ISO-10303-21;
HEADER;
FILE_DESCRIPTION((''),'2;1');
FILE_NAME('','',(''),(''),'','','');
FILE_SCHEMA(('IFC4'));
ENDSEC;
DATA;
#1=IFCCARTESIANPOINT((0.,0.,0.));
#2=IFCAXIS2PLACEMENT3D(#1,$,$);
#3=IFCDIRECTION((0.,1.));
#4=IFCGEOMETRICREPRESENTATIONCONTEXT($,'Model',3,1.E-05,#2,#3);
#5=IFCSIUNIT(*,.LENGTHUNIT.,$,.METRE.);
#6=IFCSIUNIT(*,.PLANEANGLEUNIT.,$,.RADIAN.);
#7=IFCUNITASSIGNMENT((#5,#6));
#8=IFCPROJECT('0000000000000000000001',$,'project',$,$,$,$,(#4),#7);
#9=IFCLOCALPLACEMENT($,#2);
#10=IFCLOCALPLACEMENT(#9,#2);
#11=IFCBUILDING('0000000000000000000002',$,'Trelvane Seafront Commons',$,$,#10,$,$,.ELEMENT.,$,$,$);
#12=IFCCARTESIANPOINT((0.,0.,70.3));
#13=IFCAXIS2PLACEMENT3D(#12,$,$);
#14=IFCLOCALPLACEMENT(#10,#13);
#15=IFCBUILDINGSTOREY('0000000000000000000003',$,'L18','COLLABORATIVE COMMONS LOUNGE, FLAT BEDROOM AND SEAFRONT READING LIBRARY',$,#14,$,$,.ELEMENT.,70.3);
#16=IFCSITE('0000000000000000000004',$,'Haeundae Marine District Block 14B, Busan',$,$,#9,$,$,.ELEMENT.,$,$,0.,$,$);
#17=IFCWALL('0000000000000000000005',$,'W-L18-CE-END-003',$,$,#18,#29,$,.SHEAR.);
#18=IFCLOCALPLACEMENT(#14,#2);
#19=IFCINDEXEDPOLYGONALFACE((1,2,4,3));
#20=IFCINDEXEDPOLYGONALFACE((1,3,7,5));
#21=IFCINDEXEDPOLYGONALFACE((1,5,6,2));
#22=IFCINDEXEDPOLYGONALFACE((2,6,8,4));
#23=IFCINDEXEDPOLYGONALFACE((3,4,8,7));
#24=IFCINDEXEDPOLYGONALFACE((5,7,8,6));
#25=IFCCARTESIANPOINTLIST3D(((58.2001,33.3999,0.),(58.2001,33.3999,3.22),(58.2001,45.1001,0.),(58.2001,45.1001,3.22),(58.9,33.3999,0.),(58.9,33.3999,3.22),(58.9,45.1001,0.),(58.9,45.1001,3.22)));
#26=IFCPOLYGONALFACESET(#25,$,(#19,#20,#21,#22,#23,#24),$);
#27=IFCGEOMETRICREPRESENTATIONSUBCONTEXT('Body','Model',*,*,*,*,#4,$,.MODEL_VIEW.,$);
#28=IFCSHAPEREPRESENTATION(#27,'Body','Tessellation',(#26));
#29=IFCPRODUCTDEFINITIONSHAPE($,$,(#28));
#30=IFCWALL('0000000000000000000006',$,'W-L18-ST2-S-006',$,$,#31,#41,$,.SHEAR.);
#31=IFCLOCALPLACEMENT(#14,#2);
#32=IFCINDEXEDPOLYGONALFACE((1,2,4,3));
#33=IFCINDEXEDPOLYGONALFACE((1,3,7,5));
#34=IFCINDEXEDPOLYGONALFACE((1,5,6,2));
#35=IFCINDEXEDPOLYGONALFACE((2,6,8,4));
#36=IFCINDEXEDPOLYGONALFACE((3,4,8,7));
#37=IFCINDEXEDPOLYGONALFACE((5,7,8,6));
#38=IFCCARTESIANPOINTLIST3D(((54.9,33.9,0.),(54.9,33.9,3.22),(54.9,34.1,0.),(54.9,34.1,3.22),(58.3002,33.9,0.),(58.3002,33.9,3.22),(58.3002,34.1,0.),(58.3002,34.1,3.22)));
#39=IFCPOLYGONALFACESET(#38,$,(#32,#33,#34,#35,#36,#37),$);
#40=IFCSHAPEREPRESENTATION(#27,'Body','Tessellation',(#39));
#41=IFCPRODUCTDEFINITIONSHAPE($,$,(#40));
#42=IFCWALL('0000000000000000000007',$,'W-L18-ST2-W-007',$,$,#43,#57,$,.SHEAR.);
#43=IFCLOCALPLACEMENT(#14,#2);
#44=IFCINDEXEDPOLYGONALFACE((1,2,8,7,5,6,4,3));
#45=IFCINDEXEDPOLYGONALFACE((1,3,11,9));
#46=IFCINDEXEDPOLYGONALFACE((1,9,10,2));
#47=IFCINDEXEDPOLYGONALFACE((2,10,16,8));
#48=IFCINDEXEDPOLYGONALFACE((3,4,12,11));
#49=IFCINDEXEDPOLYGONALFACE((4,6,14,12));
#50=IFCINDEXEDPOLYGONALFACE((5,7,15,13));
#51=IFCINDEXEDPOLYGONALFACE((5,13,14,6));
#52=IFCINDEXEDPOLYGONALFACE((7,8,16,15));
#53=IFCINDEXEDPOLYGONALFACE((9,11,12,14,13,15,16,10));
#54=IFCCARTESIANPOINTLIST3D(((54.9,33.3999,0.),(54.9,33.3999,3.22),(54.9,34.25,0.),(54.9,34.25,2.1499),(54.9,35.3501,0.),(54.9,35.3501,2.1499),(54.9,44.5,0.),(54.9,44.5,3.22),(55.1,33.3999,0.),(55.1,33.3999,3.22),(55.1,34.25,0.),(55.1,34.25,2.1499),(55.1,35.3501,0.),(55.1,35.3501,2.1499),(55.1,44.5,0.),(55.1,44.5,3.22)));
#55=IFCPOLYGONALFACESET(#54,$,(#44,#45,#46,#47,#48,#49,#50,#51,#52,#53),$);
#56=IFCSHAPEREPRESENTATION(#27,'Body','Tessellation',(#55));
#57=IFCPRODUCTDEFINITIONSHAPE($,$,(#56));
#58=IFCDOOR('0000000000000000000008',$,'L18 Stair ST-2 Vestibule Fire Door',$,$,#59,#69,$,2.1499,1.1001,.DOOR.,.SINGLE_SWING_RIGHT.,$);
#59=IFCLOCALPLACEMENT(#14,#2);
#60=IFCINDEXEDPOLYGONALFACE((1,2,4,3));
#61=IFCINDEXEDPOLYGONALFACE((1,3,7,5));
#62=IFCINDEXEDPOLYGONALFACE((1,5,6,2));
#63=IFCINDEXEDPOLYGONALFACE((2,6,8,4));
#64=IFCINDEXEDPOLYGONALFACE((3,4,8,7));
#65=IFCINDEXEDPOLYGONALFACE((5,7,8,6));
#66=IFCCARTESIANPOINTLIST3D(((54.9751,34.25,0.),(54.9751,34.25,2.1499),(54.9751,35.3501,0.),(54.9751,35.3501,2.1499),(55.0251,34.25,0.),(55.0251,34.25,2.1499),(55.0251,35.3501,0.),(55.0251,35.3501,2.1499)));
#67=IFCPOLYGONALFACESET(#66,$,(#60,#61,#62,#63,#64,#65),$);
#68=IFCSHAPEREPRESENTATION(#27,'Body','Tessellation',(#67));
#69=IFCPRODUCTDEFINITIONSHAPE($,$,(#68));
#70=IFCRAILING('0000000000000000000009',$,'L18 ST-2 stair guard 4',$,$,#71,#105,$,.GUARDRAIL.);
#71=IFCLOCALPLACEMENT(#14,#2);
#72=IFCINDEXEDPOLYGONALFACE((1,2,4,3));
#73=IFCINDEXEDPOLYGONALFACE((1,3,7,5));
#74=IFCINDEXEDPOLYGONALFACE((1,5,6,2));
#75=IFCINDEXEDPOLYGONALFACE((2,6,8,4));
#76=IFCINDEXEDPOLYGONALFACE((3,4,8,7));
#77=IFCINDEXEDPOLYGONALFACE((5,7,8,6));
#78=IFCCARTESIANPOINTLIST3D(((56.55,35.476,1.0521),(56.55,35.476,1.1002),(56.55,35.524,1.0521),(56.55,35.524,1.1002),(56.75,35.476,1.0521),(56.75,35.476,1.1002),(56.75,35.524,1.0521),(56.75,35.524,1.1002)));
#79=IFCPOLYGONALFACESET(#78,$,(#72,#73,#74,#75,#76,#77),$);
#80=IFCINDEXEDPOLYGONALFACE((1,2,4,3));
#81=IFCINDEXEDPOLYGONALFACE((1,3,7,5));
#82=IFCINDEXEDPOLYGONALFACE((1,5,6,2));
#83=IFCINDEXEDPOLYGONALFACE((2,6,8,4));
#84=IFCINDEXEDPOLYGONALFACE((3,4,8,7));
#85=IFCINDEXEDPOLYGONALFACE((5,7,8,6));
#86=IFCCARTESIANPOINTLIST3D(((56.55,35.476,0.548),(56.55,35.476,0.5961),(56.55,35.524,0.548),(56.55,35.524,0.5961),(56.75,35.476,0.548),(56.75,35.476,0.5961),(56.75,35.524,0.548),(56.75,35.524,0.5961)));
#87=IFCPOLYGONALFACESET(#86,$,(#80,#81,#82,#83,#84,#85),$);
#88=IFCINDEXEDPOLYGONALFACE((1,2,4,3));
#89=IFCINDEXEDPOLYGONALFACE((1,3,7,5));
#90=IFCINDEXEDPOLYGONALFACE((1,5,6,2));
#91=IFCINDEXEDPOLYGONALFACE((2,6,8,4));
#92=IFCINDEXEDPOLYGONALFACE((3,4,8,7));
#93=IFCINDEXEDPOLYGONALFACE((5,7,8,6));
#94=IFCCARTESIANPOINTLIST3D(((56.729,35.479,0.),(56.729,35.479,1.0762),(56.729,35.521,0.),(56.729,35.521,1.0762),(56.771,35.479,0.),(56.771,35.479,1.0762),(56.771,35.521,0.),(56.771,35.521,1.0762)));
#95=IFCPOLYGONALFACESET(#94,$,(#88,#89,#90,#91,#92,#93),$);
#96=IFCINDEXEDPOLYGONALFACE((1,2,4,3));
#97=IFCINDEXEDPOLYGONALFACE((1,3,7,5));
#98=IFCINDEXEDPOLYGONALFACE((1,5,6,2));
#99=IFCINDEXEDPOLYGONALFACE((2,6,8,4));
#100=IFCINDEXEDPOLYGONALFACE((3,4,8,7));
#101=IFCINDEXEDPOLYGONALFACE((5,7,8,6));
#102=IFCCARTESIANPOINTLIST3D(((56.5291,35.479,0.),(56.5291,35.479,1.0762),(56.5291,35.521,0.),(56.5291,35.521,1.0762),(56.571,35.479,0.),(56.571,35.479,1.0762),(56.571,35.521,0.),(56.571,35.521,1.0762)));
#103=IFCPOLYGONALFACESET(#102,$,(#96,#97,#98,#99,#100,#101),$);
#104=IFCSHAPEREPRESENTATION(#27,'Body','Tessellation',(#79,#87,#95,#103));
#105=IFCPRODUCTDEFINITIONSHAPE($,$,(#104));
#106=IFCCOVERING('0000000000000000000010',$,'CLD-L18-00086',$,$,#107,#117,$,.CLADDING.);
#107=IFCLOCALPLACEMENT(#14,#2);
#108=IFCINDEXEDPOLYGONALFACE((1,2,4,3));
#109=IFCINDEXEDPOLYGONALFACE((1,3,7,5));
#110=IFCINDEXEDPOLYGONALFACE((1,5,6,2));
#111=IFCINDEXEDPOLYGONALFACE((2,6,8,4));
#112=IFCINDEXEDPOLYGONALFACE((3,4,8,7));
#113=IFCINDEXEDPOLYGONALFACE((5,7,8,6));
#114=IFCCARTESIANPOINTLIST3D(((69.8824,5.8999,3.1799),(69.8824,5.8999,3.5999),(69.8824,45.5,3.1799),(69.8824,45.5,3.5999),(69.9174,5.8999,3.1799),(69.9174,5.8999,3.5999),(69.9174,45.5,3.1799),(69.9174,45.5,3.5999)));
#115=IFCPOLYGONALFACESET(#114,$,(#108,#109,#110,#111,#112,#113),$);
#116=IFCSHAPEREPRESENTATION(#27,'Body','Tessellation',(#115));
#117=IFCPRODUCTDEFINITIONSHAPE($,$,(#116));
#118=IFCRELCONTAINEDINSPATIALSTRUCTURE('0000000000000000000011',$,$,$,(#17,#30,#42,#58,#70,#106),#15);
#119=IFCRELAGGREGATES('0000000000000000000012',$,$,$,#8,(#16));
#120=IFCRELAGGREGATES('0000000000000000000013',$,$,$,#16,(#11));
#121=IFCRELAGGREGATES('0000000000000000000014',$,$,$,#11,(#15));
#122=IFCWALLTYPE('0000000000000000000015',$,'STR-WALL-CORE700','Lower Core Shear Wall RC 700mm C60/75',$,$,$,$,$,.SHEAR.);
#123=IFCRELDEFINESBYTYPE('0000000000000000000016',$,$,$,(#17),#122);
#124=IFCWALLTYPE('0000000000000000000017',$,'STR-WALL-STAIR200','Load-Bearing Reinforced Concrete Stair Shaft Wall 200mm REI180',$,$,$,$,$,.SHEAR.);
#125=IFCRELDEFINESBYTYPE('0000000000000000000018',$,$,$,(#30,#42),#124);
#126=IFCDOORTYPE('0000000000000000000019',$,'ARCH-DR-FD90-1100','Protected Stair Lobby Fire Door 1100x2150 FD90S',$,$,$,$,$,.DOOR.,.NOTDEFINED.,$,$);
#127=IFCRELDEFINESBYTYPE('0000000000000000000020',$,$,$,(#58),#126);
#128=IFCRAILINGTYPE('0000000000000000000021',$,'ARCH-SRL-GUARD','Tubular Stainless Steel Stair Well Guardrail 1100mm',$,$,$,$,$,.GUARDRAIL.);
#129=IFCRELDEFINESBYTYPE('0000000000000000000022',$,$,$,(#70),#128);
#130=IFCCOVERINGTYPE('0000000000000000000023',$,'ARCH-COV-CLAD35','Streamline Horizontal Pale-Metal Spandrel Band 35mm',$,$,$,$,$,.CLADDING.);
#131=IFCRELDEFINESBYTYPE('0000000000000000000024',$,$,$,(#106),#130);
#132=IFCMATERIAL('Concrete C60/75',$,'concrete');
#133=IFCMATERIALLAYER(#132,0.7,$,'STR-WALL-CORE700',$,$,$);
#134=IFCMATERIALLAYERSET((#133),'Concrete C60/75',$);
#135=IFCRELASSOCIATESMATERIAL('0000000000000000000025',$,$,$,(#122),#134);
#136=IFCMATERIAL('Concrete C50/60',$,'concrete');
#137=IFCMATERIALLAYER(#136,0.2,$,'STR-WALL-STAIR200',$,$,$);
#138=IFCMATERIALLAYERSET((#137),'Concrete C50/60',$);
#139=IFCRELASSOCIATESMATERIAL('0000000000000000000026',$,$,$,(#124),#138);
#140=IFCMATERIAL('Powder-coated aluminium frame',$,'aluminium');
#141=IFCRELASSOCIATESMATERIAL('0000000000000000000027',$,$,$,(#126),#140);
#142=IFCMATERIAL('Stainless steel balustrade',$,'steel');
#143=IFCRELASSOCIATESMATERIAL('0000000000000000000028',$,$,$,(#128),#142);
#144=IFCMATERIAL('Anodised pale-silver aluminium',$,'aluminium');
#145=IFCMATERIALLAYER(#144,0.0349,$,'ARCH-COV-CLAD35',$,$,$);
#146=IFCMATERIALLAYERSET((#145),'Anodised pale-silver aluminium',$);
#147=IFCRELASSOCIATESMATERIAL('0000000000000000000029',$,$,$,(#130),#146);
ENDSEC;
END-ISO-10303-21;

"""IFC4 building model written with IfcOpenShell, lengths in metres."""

from ifc_helpers import new_model, si_unit, direction, frame, frame_2d, origin, origin_2d, place, context, subcontext, project, spatial, rectangle, extrude, source, transform, mapped, material, layer, layer_set, type_object, element, fill, save


model = new_model("IFC4")

# Units and contexts
model_context = context("Model", 3, precision=1e-05, world=origin(), true_north=direction((0.0, 1.0)))
body_context = subcontext(model_context, "Body", "Model", "MODEL_VIEW")
ifc_project = project(units=[si_unit("LENGTHUNIT", "METRE"), si_unit("PLANEANGLEUNIT", "RADIAN")], contexts=[model_context])

# Site, building, storey
site_placement = place(None, origin())
site = spatial("IfcSite", under=ifc_project, at=site_placement, Name="Haeundae Marine District Block 14B, Busan", CompositionType="ELEMENT", RefElevation=0.0)
building_placement = place(site_placement, origin())
building = spatial("IfcBuilding", under=site, at=building_placement, Name="Trelvane Seafront Commons", CompositionType="ELEMENT")
storey_placement = place(building_placement, frame((0.0, 0.0, 70.3)))
storey = spatial("IfcBuildingStorey", under=building, at=storey_placement, Name="L18", Description="COLLABORATIVE COMMONS LOUNGE, FLAT BEDROOM AND SEAFRONT READING LIBRARY", CompositionType="ELEMENT", Elevation=70.3)

# Shared definitions
ifc_material_1 = material(Name="Concrete C60/75", Category="concrete")

# Shared definitions
ifc_material_2 = material(Name="Anodised pale-silver aluminium", Category="aluminium")

# Shared definitions
ifc_material_3 = material(Name="Powder-coated aluminium frame", Category="aluminium")

# Walls
ifc_layer_1 = layer(ifc_material_1, 0.7, Name="STR-WALL-CORE700")
ifc_layer_set_1 = layer_set([ifc_layer_1], Name="Concrete C60/75")
wall_type_1 = type_object("IfcWallType", Name="STR-WALL-CORE700", Description="Lower Core Shear Wall RC 700mm C60/75", PredefinedType="SHEAR", material=ifc_layer_set_1)
wall_1_placement = place(storey_placement, frame((58.55, 33.3999, 0.0), z_axis=(0.0, 0.0, 1.0), x_axis=(0.0, 1.0, 0.0)))
element("IfcWall", 1, at=wall_1_placement, inside=storey, type_object=wall_type_1, Name="W-L18-CE-END-003", PredefinedType="SHEAR", context=body_context, shape_type="SweptSolid", body=[
    extrude(rectangle(XDim=11.7002, YDim=0.7, at=frame_2d((5.8501, 0.0))), origin(), (0.0, 0.0, 1.0), 3.22),
])
ifc_material_4 = material(Name="Concrete C50/60", Category="concrete")
ifc_layer_2 = layer(ifc_material_4, 0.2, Name="STR-WALL-STAIR200")
ifc_layer_set_2 = layer_set([ifc_layer_2], Name="Concrete C50/60")
wall_type_2 = type_object("IfcWallType", Name="STR-WALL-STAIR200", Description="Load-Bearing Reinforced Concrete Stair Shaft Wall 200mm REI180", PredefinedType="SHEAR", material=ifc_layer_set_2)
wall_2_placement = place(storey_placement, frame((54.8999, 34.0, 0.0), z_axis=(0.0, 0.0, 1.0), x_axis=(1.0, 0.0, 0.0)))
element("IfcWall", 2, at=wall_2_placement, inside=storey, type_object=wall_type_2, Name="W-L18-ST2-S-006", PredefinedType="SHEAR", context=body_context, shape_type="SweptSolid", body=[
    extrude(rectangle(XDim=3.4001, YDim=0.2, at=frame_2d((1.7002, 0.0))), origin(), (0.0, 0.0, 1.0), 3.22),
])

# Wall, opening, door
wall_3_placement = place(storey_placement, frame((55.0, 33.3999, 0.0), z_axis=(0.0, 0.0, 1.0), x_axis=(0.0, 1.0, 0.0)))
wall_3 = element("IfcWall", 3, at=wall_3_placement, inside=storey, type_object=wall_type_2, Name="W-L18-ST2-W-007", PredefinedType="SHEAR", context=body_context, shape_type="SweptSolid", body=[
    extrude(rectangle(XDim=11.1001, YDim=0.2, at=frame_2d((5.55, 0.0))), origin(), (0.0, 0.0, 1.0), 3.22),
])
opening_1_placement = place(wall_3_placement, frame((0.8501, 0.0, 0.0)))
opening_1 = element("IfcOpeningElement", 4, at=opening_1_placement, cuts=wall_3, PredefinedType="OPENING", context=body_context, shape_type="SweptSolid", body=[
    extrude(rectangle(XDim=1.1001, YDim=2.1499, at=frame_2d((0.55, 1.075))), frame((0.0, 0.1099, 0.0), z_axis=(0.0, -1.0, 0.0), x_axis=(1.0, 0.0, 0.0)), (0.0, 0.0, 1.0), 0.22),
])
door_type_1 = type_object("IfcDoorType", Name="ARCH-DR-FD90-1100", Description="Protected Stair Lobby Fire Door 1100x2150 FD90S", OperationType="NOTDEFINED", PredefinedType="DOOR", material=ifc_material_3)
shared_shape_1 = source(origin(), body_context, "Body", "SweptSolid", [
    extrude(rectangle(XDim=1.1001, YDim=2.1499, at=frame_2d((0.55, 1.075))), frame((0.0, 0.0249, 0.0), z_axis=(0.0, -1.0, 0.0), x_axis=(1.0, 0.0, 0.0)), (0.0, 0.0, 1.0), 0.05),
])
door_1_placement = place(opening_1_placement, origin())
door_1 = element("IfcDoor", 5, at=door_1_placement, inside=storey, type_object=door_type_1, Name="L18 Stair ST-2 Vestibule Fire Door", OperationType="SINGLE_SWING_RIGHT", OverallHeight=2.1499, OverallWidth=1.1001, PredefinedType="DOOR", context=body_context, shape_type="MappedRepresentation", body=[
    mapped(shared_shape_1, transform((0.0, 0.0, 0.0), x_axis=(1.0, 0.0, 0.0), y_axis=(0.0, 1.0, 0.0), z_axis=(0.0, 0.0, 1.0), scale=1.0)),
])
fill(opening_1, door_1)

# Railing
ifc_material_5 = material(Name="Stainless steel balustrade", Category="steel")
railing_type = type_object("IfcRailingType", Name="ARCH-SRL-GUARD", Description="Tubular Stainless Steel Stair Well Guardrail 1100mm", PredefinedType="GUARDRAIL", material=ifc_material_5)
railing_placement = place(storey_placement, frame((56.75, 35.5, 0.0)))
element("IfcRailing", 6, at=railing_placement, inside=storey, type_object=railing_type, Name="L18 ST-2 stair guard 4", PredefinedType="GUARDRAIL", context=body_context, shape_type="SweptSolid", body=[
    extrude(rectangle(XDim=0.0481, YDim=0.0481, at=origin_2d()), frame((0.0, 0.0, 1.0762), z_axis=(-1.0, 0.0, 0.0), x_axis=(0.0, -1.0, 0.0)), (0.0, 0.0, 1.0), 0.2),
    extrude(rectangle(XDim=0.0481, YDim=0.0481, at=origin_2d()), frame((0.0, 0.0, 0.572), z_axis=(-1.0, 0.0, 0.0), x_axis=(0.0, -1.0, 0.0)), (0.0, 0.0, 1.0), 0.2),
    extrude(rectangle(XDim=0.042, YDim=0.042, at=origin_2d()), origin(), (0.0, 0.0, 1.0), 1.0762),
    extrude(rectangle(XDim=0.042, YDim=0.042, at=origin_2d()), frame((-0.2, 0.0, 0.0)), (0.0, 0.0, 1.0), 1.0762),
])

# Covering
ifc_layer_3 = layer(ifc_material_2, 0.0349, Name="ARCH-COV-CLAD35")
ifc_layer_set_3 = layer_set([ifc_layer_3], Name="Anodised pale-silver aluminium")
covering_type = type_object("IfcCoveringType", Name="ARCH-COV-CLAD35", Description="Streamline Horizontal Pale-Metal Spandrel Band 35mm", PredefinedType="CLADDING", material=ifc_layer_set_3)
shared_shape_2 = source(origin(), body_context, "Body", "SweptSolid", [
    extrude(rectangle(XDim=39.6001, YDim=0.0349, at=origin_2d()), origin(), (0.0, 0.0, 1.0), 0.4199),
])
covering_placement = place(storey_placement, frame((69.8999, 25.7, 3.1799), z_axis=(0.0, 0.0, 1.0), x_axis=(0.0, -1.0, 0.0)))
element("IfcCovering", 7, at=covering_placement, inside=storey, type_object=covering_type, Name="CLD-L18-00086", PredefinedType="CLADDING", context=body_context, shape_type="MappedRepresentation", body=[
    mapped(shared_shape_2, transform((0.0, 0.0, 0.0), x_axis=(1.0, 0.0, 0.0), y_axis=(0.0, 1.0, 0.0), z_axis=(0.0, 0.0, 1.0), scale=1.0)),
])

save(model, "model.ifc")
